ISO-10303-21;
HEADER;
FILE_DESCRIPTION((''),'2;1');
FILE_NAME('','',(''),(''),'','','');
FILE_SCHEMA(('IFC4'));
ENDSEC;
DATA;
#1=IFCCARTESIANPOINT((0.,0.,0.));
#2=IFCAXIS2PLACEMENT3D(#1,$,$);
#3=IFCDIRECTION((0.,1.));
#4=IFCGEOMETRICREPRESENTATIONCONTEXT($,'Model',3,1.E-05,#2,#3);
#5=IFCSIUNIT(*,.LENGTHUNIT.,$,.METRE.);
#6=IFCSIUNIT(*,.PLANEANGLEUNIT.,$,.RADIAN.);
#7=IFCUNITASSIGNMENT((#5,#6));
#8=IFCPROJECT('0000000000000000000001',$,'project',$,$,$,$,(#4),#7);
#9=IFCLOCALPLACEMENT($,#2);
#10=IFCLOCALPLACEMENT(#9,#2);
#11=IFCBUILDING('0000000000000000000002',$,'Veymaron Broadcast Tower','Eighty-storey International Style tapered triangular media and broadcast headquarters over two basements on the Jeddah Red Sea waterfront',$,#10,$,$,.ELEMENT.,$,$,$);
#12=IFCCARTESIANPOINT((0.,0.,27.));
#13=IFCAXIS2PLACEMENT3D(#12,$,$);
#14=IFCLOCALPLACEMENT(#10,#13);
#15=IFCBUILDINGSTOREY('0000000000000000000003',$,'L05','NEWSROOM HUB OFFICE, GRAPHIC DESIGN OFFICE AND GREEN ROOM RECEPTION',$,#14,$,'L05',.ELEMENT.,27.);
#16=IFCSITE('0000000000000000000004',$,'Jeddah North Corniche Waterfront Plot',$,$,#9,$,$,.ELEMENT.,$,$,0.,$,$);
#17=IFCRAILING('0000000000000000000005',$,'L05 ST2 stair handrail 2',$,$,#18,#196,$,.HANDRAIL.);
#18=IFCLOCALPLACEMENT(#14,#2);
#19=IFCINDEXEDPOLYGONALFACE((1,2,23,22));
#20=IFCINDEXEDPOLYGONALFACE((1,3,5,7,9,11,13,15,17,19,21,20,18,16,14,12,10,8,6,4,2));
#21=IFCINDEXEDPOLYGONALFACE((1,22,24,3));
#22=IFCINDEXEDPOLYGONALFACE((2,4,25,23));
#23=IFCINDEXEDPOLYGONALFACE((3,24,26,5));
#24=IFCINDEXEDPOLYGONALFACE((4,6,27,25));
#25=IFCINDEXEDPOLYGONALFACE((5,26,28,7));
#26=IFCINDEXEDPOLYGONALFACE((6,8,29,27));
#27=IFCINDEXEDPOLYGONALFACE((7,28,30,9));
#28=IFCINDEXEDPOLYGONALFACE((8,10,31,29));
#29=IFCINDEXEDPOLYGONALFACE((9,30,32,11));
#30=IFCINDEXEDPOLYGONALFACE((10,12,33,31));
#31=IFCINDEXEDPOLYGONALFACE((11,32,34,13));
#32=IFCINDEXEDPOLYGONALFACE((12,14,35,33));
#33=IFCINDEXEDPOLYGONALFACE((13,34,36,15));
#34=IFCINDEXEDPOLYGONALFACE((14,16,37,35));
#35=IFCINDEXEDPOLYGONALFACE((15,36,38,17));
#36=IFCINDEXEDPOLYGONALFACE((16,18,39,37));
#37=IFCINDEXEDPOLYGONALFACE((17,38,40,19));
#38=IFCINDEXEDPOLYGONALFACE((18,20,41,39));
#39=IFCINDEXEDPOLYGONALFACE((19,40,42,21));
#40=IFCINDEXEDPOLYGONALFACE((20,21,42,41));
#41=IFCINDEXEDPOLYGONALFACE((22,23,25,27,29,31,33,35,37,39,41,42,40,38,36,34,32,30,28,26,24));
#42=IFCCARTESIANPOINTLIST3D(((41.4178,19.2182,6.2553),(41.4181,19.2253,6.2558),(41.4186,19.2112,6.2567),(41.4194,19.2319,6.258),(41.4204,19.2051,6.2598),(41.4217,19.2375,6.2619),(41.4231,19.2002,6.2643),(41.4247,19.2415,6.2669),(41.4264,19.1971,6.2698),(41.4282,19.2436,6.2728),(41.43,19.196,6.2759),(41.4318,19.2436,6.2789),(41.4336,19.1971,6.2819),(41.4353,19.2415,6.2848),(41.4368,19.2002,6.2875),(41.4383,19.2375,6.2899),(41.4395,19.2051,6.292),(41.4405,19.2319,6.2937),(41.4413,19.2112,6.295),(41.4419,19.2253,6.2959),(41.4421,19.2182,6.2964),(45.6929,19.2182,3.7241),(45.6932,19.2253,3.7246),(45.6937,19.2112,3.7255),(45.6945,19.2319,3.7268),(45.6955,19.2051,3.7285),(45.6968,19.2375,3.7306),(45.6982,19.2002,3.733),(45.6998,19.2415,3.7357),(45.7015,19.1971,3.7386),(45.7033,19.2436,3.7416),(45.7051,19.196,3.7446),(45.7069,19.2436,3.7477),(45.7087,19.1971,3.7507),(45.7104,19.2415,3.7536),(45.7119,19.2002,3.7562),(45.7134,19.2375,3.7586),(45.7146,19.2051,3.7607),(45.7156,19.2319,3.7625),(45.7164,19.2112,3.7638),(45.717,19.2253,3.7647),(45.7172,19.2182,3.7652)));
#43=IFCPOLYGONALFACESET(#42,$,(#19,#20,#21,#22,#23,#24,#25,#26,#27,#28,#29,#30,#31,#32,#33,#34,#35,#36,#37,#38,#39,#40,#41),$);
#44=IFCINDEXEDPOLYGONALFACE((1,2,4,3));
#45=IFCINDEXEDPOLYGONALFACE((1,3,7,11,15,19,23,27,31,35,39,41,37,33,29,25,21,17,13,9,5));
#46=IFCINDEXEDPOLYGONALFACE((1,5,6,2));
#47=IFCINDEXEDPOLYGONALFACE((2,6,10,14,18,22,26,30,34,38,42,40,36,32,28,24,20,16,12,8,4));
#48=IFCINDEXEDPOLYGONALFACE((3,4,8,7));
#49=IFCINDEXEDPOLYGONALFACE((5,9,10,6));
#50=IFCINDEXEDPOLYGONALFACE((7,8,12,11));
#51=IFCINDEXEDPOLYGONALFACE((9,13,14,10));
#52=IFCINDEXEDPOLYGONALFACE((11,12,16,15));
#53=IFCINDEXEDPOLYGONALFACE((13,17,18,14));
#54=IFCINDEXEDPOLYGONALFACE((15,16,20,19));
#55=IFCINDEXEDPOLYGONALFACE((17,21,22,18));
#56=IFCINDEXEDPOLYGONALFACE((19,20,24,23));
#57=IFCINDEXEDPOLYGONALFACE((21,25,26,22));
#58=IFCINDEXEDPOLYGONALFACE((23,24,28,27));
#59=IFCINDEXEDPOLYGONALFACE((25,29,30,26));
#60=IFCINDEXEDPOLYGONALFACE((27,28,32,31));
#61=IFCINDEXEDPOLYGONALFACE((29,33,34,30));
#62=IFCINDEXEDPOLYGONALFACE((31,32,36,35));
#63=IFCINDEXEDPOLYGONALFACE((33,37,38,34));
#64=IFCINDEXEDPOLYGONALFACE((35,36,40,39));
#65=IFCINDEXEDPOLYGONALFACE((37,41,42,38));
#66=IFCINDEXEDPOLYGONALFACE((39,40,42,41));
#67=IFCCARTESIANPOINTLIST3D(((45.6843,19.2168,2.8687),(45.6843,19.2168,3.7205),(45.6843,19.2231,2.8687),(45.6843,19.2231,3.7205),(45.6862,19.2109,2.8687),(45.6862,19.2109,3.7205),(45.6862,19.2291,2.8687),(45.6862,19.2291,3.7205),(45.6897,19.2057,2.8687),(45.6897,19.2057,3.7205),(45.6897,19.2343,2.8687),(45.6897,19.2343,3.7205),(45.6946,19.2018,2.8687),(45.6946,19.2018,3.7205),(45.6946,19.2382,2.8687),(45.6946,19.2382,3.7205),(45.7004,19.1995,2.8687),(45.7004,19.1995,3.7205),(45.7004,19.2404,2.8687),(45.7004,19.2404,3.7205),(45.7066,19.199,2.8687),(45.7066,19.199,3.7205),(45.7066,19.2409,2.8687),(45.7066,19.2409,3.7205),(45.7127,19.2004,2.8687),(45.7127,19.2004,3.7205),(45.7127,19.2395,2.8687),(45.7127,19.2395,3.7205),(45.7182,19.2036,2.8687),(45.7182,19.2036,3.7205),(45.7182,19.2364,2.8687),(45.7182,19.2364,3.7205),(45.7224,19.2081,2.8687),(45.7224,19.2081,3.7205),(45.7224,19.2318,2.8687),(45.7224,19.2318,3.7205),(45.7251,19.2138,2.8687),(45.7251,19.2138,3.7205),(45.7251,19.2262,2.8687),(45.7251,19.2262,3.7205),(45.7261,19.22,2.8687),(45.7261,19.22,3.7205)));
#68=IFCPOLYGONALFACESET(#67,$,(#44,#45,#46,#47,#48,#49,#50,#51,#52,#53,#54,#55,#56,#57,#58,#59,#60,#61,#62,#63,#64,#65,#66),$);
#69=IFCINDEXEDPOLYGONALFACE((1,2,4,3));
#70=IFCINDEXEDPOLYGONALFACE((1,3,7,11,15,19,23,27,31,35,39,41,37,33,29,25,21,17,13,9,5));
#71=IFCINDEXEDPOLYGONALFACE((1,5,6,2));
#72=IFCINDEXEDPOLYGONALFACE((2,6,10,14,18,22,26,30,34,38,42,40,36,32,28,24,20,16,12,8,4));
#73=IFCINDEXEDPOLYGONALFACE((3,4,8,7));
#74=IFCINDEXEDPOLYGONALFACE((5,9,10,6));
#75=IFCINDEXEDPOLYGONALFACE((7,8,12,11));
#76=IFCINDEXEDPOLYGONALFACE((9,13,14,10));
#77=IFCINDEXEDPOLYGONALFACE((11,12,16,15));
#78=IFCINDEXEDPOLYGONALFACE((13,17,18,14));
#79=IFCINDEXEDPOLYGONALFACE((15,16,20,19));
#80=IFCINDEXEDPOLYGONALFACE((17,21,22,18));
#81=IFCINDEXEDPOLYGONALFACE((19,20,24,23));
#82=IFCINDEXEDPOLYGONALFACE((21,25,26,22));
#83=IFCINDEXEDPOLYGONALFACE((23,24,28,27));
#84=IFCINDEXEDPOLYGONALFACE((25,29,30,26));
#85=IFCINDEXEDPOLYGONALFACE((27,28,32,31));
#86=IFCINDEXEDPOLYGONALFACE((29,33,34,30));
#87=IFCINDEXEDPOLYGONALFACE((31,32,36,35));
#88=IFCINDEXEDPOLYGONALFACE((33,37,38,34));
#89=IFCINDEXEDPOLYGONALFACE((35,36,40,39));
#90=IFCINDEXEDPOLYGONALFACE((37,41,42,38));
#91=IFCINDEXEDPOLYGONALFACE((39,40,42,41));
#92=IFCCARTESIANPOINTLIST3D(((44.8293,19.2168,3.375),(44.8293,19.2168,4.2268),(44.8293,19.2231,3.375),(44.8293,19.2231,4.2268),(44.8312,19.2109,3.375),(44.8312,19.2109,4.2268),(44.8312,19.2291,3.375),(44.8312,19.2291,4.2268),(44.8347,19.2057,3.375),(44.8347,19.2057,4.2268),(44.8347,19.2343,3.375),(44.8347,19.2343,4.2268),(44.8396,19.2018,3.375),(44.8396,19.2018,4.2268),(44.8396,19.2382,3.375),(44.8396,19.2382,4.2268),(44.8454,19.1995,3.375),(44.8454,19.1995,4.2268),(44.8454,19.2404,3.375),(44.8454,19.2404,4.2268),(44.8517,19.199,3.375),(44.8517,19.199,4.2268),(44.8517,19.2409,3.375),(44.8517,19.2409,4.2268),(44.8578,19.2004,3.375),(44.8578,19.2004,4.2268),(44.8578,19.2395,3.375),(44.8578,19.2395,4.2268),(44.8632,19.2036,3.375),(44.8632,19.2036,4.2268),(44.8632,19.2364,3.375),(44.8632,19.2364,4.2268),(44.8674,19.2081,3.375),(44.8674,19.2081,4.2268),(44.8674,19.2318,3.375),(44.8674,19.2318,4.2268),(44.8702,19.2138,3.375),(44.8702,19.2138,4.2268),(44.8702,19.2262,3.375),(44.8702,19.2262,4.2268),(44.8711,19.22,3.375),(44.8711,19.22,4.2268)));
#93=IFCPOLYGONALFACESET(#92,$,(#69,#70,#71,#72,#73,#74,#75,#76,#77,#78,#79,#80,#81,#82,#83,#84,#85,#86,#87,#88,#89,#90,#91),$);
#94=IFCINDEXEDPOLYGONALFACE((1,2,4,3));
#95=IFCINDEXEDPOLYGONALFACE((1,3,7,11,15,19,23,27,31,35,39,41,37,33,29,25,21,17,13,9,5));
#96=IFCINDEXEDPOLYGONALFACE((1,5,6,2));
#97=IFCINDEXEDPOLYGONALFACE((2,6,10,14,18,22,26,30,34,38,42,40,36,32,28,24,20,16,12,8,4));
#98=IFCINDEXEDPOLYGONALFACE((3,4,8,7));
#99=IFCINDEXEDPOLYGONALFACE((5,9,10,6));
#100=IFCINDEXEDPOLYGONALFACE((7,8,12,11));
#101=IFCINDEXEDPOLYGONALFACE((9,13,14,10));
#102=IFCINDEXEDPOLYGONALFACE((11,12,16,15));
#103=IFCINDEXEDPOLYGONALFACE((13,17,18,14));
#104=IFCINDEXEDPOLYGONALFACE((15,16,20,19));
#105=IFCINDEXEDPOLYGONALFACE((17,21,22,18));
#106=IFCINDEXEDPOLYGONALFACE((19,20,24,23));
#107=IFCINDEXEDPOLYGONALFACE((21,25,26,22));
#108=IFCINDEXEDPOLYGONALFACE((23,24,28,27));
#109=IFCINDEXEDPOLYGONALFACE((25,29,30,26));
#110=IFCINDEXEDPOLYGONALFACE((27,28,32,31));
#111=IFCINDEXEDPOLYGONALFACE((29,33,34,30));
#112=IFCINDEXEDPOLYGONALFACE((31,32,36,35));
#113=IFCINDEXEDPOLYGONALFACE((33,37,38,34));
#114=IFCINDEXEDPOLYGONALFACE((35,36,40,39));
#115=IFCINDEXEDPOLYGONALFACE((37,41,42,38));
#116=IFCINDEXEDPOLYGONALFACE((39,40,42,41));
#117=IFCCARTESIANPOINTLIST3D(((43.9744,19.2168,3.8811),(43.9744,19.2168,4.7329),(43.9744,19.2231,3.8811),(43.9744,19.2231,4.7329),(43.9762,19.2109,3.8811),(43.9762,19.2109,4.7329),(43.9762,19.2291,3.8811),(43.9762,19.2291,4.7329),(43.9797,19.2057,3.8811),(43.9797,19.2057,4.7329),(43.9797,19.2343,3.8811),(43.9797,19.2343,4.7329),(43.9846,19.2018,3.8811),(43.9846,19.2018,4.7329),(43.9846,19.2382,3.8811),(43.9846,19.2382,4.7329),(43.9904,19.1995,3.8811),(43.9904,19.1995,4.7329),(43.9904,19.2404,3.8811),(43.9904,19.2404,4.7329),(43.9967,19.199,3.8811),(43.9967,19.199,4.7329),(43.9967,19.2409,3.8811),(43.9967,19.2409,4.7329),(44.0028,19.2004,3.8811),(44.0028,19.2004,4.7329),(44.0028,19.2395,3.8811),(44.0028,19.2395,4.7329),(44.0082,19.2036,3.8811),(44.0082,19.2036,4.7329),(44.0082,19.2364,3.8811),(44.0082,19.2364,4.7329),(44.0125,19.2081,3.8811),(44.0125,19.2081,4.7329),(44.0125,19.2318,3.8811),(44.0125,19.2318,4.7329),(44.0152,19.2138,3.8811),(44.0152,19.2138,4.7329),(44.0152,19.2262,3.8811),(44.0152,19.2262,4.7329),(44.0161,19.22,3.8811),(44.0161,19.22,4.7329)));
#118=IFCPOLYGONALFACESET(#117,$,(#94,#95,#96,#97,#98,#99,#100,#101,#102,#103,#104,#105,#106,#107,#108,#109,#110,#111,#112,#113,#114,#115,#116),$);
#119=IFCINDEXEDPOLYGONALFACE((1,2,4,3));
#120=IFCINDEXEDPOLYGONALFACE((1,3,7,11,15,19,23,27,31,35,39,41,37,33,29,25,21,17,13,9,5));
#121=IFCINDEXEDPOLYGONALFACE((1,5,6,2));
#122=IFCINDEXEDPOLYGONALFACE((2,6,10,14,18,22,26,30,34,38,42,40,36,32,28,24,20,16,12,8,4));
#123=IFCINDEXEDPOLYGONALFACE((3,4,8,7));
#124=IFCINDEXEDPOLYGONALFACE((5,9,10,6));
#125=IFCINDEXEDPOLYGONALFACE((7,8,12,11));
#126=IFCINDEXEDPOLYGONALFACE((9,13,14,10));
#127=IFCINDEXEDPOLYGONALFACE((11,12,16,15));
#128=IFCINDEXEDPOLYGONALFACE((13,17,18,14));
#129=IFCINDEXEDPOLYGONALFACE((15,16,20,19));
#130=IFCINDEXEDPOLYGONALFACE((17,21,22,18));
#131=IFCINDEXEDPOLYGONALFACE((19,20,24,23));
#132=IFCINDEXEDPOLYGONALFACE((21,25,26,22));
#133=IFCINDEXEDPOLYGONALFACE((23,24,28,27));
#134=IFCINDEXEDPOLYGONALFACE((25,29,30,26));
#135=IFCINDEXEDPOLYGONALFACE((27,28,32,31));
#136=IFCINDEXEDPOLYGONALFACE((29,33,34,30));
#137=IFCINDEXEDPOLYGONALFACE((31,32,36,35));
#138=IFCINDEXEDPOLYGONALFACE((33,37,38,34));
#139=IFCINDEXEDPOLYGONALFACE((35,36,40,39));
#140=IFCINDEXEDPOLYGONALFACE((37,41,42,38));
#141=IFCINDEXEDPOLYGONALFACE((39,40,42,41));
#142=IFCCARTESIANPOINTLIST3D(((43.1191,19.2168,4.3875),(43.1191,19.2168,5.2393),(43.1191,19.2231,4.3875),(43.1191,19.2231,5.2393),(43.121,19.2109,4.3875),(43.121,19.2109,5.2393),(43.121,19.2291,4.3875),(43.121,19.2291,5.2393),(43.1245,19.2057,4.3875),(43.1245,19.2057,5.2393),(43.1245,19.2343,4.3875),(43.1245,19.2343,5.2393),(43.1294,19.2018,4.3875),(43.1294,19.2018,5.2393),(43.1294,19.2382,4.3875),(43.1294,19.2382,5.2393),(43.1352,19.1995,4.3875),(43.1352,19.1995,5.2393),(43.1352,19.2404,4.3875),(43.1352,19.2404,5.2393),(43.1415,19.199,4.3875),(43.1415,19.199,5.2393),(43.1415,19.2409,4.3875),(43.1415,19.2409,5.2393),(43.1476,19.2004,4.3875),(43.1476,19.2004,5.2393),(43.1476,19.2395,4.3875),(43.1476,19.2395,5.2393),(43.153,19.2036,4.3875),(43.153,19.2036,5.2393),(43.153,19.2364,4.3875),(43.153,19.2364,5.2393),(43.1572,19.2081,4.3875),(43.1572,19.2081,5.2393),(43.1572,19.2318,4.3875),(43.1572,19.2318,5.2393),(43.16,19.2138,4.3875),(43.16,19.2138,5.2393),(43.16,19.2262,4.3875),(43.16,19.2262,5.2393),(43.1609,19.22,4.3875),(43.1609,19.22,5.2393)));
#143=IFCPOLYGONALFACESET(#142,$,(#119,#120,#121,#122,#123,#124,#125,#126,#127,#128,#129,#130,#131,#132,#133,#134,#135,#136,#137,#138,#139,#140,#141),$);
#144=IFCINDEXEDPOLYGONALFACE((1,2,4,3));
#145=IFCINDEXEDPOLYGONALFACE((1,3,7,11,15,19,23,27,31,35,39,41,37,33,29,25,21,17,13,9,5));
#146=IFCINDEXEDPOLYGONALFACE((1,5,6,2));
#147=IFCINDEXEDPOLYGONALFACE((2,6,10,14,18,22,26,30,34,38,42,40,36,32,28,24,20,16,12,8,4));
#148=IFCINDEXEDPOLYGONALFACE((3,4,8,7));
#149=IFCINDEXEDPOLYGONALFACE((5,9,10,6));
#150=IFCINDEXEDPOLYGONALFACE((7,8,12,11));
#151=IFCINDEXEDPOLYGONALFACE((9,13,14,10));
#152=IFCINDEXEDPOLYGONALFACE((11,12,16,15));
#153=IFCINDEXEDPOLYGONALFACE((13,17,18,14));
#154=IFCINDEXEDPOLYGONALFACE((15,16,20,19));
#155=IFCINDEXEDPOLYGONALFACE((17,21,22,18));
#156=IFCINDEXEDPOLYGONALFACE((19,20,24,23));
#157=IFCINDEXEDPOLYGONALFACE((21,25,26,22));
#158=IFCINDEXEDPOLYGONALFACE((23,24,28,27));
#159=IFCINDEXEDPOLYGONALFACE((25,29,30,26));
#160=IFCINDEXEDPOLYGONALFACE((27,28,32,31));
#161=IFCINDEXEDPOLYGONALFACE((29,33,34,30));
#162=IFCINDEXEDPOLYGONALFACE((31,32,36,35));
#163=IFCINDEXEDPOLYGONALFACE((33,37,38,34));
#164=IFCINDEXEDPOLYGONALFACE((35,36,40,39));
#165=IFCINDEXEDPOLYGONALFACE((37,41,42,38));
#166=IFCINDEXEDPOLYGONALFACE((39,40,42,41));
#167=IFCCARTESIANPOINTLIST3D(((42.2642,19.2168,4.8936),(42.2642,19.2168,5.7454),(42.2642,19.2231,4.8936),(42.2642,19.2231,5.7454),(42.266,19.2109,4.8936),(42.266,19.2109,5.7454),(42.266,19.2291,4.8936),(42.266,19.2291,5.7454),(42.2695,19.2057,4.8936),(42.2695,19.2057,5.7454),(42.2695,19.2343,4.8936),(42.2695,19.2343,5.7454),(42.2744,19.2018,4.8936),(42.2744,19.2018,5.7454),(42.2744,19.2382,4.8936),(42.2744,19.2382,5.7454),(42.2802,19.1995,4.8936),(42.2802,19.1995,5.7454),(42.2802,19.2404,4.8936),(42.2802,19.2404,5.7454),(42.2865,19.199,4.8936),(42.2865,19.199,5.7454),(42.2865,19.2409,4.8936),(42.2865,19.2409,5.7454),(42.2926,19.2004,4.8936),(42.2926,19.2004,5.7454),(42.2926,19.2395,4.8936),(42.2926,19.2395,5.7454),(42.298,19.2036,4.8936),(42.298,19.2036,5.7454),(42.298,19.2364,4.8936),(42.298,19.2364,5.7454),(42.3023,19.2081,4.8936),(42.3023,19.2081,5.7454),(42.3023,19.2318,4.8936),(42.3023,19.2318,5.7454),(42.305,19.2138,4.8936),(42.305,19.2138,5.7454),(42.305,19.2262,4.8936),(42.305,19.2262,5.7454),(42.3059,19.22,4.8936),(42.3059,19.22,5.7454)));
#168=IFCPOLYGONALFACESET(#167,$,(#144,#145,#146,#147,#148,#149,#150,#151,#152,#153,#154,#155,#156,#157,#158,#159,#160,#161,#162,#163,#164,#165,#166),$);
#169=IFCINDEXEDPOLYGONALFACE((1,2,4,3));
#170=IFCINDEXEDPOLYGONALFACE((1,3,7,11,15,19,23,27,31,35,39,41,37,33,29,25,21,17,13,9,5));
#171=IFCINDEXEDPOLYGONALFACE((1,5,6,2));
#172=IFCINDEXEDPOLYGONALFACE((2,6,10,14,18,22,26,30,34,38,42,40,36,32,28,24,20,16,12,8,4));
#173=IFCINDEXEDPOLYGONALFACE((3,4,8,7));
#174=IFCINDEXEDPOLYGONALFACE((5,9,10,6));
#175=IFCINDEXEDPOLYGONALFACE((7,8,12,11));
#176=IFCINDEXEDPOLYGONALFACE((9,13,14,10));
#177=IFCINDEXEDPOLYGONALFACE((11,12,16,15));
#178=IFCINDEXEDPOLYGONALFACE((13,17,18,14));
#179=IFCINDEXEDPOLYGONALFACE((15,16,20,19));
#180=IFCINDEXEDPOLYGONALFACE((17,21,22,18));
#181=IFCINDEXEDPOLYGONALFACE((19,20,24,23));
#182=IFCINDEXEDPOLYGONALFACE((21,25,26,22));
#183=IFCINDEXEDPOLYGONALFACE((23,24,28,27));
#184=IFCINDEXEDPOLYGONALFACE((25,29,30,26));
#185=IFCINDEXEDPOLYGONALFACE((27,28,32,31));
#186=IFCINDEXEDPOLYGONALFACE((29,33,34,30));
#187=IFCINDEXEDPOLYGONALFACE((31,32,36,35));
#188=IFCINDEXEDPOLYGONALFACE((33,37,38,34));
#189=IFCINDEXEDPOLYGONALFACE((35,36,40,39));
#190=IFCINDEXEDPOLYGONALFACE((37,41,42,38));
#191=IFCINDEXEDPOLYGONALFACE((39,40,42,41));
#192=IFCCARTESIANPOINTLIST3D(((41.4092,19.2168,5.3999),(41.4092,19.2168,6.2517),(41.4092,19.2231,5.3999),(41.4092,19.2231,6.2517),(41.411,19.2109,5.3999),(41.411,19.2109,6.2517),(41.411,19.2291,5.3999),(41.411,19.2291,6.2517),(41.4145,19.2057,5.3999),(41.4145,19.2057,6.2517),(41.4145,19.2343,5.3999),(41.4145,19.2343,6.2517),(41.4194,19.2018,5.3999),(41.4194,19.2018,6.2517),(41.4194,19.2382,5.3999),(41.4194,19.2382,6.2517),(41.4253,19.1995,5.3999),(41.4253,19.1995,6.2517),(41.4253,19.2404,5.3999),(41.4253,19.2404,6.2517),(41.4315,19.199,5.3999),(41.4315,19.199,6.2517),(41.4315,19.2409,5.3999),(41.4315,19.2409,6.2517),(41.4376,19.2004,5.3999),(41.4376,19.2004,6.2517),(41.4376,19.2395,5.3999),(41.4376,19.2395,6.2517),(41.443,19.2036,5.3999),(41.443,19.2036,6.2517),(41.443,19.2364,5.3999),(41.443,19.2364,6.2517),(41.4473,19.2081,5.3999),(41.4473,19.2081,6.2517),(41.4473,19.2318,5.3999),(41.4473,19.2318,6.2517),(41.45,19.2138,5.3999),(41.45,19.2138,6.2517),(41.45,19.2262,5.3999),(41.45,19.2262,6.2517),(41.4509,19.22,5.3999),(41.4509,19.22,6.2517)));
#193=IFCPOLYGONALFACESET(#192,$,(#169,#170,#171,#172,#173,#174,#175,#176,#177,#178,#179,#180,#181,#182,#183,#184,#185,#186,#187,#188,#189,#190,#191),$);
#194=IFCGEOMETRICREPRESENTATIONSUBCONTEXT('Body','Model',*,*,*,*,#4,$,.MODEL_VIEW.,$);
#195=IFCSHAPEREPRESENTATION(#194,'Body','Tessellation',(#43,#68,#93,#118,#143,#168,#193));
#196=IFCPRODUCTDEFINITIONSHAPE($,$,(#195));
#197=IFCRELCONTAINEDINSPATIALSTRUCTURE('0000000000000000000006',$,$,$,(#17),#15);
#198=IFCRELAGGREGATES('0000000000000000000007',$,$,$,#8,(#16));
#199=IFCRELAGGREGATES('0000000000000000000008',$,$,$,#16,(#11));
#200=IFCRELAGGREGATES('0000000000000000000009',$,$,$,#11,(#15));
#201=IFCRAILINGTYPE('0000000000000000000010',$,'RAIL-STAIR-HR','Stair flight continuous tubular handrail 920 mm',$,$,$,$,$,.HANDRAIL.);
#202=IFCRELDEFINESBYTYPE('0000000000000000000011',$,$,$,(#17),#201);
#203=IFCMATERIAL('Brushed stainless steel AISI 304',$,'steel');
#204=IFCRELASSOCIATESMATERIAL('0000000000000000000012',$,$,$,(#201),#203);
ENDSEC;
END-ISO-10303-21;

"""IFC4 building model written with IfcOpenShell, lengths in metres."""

from ifc_helpers import new_model, si_unit, direction, frame, origin, origin_2d, place, context, subcontext, project, spatial, circle, extrude, material, type_object, element, save


model = new_model("IFC4")

# Units and contexts
model_context = context("Model", 3, precision=1e-05, world=origin(), true_north=direction((0.0, 1.0)))
body_context = subcontext(model_context, "Body", "Model", "MODEL_VIEW")
ifc_project = project(units=[si_unit("LENGTHUNIT", "METRE"), si_unit("PLANEANGLEUNIT", "RADIAN")], contexts=[model_context])

# Site, building, storey
site_placement = place(None, origin())
site = spatial("IfcSite", under=ifc_project, at=site_placement, Name="Jeddah North Corniche Waterfront Plot", CompositionType="ELEMENT", RefElevation=0.0)
building_placement = place(site_placement, origin())
building = spatial("IfcBuilding", under=site, at=building_placement, Name="Veymaron Broadcast Tower", Description="Eighty-storey International Style tapered triangular media and broadcast headquarters over two basements on the Jeddah Red Sea waterfront", CompositionType="ELEMENT")
storey_placement = place(building_placement, frame((0.0, 0.0, 27.0)))
storey = spatial("IfcBuildingStorey", under=building, at=storey_placement, Name="L05", Description="NEWSROOM HUB OFFICE, GRAPHIC DESIGN OFFICE AND GREEN ROOM RECEPTION", LongName="L05", CompositionType="ELEMENT", Elevation=27.0)

# Shared definitions
ifc_material_1 = material(Name="Brushed stainless steel AISI 304", Category="steel")

# Railing
railing_type_1 = type_object("IfcRailingType", Name="RAIL-STAIR-HR", Description="Stair flight continuous tubular handrail 920 mm", PredefinedType="HANDRAIL", material=ifc_material_1)
railing_1_placement = place(storey_placement, frame((45.7051, 19.22, 2.8687)))
element("IfcRailing", 1, at=railing_1_placement, inside=storey, type_object=railing_type_1, Name="L05 ST2 stair handrail 2", PredefinedType="HANDRAIL", context=body_context, shape_type="SweptSolid", body=[
    extrude(circle(Radius=0.0239, at=origin_2d()), frame((0.0, 0.0, 0.876), z_axis=(-0.860483, 0.0, 0.509479), x_axis=(0.0, -1.0, 0.0)), (0.0, 0.0, 1.0), 4.9683),
    extrude(circle(Radius=0.021, at=origin_2d()), origin(), (0.0, 0.0, 1.0), 0.8518),
    extrude(circle(Radius=0.021, at=origin_2d()), frame((-0.855, 0.0, 0.5063)), (0.0, 0.0, 1.0), 0.8518),
    extrude(circle(Radius=0.021, at=origin_2d()), frame((-1.71, 0.0, 1.0125)), (0.0, 0.0, 1.0), 0.8518),
    extrude(circle(Radius=0.021, at=origin_2d()), frame((-2.5652, 0.0, 1.5188)), (0.0, 0.0, 1.0), 0.8518),
    extrude(circle(Radius=0.021, at=origin_2d()), frame((-3.4202, 0.0, 2.0249)), (0.0, 0.0, 1.0), 0.8518),
    extrude(circle(Radius=0.021, at=origin_2d()), frame((-4.2751, 0.0, 2.5312)), (0.0, 0.0, 1.0), 0.8518),
])

save(model, "model.ifc")
